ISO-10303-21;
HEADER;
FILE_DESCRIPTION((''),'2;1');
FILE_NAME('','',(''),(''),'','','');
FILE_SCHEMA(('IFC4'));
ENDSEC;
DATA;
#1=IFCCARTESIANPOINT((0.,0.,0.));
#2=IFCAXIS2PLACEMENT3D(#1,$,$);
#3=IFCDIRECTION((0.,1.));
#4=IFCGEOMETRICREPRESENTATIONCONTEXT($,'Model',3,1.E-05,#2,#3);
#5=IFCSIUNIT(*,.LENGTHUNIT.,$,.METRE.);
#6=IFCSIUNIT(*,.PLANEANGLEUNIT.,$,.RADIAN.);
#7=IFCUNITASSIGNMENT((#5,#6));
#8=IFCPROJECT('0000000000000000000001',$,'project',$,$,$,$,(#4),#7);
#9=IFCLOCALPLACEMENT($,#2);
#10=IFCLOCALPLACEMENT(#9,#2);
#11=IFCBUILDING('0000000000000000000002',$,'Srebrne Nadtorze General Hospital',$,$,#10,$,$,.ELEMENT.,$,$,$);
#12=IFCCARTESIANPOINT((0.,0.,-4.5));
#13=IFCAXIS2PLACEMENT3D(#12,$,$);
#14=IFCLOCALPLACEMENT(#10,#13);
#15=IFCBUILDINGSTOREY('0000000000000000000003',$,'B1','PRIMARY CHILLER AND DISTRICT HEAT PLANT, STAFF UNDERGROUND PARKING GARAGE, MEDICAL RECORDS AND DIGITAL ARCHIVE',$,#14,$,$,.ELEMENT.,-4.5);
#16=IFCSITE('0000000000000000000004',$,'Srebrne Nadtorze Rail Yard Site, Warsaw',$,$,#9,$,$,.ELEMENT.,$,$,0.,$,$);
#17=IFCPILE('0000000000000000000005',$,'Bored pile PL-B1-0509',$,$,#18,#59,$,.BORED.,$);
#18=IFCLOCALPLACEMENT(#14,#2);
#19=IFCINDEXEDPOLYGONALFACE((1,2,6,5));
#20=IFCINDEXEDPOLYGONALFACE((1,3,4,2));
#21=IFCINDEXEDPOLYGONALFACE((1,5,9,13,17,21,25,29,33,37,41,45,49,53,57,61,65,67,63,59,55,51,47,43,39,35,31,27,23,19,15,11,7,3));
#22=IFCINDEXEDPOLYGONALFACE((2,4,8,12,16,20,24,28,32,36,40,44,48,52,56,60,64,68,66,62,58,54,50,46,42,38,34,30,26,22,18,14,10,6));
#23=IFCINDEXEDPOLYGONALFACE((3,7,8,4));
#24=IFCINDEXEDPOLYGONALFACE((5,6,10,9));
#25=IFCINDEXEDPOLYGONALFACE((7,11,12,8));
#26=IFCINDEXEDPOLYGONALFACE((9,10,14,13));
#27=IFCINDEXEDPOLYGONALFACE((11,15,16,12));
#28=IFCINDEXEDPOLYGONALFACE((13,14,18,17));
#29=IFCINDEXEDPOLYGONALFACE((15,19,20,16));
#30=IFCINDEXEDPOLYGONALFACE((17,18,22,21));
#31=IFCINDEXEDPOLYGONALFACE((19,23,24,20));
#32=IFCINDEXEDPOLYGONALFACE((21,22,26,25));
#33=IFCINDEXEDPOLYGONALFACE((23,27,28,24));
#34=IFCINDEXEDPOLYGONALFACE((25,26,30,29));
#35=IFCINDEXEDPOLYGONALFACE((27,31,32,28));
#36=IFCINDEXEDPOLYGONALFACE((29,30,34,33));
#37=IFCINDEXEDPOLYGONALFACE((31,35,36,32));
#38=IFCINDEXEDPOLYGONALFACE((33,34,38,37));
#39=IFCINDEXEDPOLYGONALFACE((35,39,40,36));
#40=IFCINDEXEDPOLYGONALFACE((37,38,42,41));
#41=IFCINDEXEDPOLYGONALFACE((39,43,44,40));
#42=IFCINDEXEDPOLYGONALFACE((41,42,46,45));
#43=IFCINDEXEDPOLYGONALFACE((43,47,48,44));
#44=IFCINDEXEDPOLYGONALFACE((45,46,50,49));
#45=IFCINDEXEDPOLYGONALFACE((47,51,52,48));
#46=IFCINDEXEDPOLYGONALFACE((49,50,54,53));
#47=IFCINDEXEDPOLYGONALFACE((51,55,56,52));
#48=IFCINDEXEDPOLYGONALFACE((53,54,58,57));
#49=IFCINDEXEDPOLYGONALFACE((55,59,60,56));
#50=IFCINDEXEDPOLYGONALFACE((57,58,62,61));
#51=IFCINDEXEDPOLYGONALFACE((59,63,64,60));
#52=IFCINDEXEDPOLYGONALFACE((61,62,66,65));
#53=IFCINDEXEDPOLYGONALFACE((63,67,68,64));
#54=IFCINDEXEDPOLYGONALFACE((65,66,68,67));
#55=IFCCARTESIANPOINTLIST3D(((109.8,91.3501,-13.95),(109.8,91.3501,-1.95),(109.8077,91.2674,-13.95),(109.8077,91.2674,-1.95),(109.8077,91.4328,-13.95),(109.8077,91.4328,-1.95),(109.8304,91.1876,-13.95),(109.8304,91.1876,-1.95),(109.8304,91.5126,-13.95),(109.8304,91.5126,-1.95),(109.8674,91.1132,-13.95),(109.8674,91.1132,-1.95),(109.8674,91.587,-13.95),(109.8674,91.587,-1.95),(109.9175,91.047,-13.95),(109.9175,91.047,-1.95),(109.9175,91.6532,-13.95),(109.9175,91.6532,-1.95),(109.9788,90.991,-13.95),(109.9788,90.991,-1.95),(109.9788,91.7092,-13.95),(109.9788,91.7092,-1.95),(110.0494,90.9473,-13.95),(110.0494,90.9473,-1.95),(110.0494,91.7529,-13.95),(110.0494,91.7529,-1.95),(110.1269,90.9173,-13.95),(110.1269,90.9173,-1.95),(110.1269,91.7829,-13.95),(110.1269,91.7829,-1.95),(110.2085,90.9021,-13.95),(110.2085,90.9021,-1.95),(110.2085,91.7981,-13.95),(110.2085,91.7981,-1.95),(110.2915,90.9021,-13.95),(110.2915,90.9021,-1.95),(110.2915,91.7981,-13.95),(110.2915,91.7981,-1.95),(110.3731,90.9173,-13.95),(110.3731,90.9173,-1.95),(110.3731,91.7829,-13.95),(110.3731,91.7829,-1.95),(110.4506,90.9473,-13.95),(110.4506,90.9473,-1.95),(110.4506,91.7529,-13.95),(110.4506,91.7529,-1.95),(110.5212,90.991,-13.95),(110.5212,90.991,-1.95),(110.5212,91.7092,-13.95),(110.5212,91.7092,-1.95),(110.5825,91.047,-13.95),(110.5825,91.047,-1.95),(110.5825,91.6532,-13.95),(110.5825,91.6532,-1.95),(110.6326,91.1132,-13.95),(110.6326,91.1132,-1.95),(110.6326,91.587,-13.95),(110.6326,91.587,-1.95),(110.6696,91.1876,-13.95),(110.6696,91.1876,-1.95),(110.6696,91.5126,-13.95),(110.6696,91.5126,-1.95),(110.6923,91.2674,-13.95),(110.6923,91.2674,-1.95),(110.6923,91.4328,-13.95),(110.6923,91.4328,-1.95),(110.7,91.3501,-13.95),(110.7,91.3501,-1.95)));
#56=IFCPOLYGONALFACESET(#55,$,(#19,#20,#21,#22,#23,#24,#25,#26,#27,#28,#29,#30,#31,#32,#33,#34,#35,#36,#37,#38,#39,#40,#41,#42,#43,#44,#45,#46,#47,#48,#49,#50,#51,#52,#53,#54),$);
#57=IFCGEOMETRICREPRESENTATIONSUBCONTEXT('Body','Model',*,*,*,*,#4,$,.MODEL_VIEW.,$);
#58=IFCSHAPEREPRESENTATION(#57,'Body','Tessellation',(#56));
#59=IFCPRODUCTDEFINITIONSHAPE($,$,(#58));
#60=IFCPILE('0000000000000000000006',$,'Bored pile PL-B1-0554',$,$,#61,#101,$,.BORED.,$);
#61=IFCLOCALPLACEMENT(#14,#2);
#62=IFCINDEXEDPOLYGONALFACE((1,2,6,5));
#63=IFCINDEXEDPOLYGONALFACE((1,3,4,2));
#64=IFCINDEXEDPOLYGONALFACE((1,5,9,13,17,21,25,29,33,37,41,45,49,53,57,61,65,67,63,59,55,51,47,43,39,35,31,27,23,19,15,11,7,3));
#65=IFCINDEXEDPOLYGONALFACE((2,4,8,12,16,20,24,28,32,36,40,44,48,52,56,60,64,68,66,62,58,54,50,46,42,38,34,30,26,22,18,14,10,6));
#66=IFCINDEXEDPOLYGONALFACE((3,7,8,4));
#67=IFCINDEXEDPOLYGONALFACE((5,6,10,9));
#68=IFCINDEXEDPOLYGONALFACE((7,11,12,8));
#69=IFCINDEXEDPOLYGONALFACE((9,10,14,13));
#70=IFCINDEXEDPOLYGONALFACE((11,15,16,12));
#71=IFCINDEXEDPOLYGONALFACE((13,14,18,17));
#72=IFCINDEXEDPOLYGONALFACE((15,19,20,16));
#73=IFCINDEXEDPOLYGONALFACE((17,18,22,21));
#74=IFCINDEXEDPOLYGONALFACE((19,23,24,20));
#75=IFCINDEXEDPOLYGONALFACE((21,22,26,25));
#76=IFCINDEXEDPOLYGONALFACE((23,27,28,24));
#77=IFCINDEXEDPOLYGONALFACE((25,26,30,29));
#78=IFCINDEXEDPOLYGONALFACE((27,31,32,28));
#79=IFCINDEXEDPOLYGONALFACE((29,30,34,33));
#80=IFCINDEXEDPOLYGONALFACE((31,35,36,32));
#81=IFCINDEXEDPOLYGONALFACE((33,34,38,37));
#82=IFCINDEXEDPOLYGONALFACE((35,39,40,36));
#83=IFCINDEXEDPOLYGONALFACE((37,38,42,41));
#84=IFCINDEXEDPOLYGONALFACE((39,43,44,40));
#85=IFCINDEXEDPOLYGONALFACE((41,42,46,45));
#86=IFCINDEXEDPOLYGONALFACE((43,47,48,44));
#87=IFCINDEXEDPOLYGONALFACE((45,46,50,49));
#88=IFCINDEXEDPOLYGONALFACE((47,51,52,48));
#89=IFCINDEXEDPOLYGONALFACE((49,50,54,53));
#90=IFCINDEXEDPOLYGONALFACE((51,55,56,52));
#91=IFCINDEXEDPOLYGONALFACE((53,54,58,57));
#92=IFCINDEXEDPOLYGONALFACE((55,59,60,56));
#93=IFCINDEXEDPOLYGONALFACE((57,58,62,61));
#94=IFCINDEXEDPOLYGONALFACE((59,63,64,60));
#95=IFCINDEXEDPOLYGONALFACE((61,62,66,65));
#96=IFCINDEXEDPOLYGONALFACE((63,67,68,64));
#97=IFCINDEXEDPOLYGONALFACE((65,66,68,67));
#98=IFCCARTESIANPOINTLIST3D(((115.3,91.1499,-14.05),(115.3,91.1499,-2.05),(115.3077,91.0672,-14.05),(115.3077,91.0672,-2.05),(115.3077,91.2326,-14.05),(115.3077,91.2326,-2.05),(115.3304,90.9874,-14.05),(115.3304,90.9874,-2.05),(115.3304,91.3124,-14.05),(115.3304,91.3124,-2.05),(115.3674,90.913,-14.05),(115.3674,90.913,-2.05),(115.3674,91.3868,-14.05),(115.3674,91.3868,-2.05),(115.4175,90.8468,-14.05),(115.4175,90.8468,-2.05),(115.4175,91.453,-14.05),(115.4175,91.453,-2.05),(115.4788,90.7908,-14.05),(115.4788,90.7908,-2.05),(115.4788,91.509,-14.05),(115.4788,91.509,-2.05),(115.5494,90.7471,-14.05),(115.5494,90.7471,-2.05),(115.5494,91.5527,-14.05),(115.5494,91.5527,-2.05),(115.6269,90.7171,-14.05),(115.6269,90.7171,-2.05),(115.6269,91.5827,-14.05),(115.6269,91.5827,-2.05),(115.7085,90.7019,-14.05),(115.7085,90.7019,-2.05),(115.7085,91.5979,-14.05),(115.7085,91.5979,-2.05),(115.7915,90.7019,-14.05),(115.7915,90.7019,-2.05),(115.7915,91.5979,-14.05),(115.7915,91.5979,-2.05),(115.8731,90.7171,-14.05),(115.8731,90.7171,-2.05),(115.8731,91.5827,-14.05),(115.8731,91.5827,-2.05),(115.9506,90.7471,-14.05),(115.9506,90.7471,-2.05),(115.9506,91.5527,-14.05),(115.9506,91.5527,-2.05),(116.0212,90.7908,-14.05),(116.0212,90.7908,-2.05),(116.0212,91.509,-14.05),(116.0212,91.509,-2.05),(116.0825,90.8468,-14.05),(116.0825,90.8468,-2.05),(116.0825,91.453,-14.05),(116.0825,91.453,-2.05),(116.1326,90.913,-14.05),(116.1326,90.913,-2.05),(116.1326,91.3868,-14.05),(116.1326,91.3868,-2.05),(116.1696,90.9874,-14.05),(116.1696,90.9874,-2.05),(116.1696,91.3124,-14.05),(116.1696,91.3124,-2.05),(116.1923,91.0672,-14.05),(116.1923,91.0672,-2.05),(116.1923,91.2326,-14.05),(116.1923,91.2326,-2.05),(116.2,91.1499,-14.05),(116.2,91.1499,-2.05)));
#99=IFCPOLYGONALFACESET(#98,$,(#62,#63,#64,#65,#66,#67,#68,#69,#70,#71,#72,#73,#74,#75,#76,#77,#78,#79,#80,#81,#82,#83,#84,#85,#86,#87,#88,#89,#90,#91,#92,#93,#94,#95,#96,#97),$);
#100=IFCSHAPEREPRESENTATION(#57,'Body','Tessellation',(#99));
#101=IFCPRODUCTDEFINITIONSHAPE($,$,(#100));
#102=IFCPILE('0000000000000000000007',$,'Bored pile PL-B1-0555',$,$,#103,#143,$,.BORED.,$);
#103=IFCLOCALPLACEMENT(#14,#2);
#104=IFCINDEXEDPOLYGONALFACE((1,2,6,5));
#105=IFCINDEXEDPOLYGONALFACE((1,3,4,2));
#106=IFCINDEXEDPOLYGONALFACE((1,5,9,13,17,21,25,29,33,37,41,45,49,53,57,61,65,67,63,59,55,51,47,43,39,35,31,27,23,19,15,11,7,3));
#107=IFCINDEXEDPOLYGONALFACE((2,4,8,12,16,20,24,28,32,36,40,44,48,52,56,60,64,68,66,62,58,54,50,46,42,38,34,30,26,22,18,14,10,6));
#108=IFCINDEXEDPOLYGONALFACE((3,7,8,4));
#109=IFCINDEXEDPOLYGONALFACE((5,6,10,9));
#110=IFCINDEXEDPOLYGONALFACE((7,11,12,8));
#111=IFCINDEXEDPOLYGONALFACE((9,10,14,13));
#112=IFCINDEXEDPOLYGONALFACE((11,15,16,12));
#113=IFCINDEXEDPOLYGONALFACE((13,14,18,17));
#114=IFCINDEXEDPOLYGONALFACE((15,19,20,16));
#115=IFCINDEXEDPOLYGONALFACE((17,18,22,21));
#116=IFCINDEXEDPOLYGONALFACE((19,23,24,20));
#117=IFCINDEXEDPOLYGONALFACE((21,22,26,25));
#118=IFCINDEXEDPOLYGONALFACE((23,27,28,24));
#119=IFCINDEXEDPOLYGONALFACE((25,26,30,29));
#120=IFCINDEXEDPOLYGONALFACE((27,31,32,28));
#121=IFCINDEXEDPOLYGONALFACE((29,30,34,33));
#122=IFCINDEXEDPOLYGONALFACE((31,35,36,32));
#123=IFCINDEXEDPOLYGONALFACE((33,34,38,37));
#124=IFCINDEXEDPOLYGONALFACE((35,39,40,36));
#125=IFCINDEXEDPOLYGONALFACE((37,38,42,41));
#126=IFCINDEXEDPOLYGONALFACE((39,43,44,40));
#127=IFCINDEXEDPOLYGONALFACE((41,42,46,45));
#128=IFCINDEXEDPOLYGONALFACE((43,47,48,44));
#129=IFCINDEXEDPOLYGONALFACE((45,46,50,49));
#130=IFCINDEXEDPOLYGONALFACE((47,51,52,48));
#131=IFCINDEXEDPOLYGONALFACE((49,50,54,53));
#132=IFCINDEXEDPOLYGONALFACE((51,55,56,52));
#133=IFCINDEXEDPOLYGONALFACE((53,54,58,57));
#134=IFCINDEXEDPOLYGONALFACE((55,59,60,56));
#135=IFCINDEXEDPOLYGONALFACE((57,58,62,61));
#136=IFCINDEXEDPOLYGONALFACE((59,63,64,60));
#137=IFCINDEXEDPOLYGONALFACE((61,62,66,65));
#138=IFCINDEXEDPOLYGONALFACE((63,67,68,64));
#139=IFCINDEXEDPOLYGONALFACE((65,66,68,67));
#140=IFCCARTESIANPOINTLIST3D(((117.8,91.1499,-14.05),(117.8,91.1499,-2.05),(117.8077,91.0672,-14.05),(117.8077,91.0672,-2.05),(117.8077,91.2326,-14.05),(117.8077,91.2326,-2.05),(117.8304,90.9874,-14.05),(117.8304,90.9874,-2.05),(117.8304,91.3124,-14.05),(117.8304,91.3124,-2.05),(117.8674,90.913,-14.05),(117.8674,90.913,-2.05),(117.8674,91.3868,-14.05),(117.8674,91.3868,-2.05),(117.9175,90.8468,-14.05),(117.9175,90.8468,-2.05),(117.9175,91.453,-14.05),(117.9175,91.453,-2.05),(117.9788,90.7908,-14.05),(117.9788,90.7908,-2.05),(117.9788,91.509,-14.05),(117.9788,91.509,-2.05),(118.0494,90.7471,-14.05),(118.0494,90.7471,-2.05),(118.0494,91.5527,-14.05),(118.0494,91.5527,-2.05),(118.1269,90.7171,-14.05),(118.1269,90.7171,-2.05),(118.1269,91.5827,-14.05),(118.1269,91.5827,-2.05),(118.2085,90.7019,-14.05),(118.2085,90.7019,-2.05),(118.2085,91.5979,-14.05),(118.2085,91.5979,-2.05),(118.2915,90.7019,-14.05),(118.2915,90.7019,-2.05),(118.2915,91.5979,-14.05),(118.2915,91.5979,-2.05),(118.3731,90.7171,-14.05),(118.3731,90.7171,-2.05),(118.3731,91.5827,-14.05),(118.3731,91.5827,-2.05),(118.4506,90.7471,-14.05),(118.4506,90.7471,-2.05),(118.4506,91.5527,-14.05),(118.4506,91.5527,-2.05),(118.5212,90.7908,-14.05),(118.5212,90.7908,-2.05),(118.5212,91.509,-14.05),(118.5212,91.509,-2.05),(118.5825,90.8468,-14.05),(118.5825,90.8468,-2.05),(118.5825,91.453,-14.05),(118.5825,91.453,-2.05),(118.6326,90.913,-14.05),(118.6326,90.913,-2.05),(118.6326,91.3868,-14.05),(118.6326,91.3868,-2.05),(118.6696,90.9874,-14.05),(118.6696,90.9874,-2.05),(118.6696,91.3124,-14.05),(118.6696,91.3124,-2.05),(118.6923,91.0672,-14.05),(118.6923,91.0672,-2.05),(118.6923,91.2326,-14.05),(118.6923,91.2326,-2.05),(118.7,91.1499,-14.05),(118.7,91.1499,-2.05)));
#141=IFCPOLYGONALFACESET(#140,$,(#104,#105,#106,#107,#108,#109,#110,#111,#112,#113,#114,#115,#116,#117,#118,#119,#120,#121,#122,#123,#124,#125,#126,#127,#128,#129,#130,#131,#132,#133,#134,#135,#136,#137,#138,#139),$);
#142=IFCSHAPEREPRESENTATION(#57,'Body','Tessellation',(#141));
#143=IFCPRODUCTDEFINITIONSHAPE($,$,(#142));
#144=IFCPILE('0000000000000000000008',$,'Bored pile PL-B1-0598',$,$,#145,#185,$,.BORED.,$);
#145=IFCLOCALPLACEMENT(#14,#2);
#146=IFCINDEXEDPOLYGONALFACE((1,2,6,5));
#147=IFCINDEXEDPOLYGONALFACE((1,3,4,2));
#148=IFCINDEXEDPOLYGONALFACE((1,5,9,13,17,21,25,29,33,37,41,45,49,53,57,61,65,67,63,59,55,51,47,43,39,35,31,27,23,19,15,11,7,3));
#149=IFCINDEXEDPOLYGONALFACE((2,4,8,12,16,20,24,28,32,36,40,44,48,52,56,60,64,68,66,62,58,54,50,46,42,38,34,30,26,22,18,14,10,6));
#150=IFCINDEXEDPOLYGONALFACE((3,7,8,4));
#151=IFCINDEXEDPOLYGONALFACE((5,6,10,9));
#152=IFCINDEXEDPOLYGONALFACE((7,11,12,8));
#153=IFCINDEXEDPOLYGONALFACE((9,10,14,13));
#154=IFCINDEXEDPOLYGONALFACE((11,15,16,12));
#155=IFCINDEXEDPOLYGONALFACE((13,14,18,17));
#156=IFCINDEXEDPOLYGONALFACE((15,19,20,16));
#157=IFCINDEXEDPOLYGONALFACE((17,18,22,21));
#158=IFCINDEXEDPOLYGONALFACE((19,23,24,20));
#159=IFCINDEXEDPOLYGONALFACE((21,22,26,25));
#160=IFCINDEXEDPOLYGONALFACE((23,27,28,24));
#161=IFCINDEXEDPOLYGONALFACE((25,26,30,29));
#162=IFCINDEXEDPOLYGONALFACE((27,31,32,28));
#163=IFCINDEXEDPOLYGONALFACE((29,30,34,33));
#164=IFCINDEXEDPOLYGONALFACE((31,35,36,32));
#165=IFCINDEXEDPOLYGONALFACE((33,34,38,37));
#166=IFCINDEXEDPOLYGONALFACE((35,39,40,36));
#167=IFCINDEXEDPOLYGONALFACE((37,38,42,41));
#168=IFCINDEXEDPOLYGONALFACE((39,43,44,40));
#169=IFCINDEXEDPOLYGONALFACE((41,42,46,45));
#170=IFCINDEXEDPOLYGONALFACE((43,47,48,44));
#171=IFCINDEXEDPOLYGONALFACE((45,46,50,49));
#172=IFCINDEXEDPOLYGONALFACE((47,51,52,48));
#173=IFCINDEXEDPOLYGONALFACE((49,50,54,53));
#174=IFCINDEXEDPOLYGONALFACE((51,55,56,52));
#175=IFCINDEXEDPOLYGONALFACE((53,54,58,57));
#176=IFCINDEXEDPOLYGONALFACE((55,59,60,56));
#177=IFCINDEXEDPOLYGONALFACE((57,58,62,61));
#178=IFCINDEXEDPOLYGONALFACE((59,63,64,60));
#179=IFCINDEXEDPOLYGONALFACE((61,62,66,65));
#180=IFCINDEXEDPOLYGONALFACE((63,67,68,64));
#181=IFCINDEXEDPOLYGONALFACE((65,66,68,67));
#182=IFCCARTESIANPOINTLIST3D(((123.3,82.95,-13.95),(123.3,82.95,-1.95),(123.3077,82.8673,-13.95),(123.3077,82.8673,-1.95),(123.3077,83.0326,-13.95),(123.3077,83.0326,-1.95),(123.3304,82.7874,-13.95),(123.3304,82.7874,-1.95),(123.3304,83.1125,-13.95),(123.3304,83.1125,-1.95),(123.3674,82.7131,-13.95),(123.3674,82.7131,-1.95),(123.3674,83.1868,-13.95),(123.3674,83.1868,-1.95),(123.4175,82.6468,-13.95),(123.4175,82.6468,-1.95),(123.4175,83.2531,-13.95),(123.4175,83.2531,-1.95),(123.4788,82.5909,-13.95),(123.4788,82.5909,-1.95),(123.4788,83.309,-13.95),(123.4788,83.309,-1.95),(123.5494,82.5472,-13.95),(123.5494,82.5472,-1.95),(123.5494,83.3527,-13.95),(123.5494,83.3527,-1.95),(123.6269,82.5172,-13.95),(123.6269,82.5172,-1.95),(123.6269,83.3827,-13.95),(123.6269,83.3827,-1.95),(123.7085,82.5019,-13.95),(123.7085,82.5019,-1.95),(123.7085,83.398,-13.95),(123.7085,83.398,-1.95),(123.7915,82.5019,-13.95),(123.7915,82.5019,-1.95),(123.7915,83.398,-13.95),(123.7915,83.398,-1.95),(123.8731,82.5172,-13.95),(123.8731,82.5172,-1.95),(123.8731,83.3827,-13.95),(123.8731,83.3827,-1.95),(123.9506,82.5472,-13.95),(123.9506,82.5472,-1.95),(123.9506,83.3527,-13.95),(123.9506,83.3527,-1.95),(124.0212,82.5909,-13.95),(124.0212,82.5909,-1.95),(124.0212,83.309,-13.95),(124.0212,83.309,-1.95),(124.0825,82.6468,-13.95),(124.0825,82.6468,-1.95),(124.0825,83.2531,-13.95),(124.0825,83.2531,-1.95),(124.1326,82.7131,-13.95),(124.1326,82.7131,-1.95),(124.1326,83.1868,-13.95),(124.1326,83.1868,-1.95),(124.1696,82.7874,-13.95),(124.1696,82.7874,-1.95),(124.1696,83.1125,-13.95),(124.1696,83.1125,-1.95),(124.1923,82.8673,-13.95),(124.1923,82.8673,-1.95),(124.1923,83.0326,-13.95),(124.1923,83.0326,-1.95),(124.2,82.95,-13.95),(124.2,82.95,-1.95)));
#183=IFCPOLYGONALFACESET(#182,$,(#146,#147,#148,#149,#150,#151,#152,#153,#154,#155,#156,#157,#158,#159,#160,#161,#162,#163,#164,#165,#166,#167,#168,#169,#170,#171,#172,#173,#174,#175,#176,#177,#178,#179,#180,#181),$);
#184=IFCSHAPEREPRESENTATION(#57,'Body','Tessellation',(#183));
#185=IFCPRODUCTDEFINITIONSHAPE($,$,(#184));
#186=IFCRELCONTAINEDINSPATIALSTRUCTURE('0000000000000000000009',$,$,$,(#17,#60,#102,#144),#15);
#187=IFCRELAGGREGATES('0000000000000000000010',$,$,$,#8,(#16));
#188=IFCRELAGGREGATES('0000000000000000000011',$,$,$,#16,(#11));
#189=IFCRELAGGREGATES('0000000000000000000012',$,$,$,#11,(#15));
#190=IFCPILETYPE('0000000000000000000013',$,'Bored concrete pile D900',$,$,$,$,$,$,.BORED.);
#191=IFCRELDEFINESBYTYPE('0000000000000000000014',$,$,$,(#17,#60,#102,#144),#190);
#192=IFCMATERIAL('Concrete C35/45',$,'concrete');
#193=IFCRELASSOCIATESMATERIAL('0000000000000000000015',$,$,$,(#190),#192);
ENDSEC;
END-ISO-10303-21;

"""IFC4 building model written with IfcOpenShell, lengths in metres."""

from ifc_helpers import new_model, si_unit, direction, frame, origin, origin_2d, place, context, subcontext, project, spatial, circle, extrude, material, material_profile, profile_set, type_object, element, save


model = new_model("IFC4")

# Units and contexts
model_context = context("Model", 3, precision=1e-05, world=origin(), true_north=direction((0.0, 1.0)))
body_context = subcontext(model_context, "Body", "Model", "MODEL_VIEW")
ifc_project = project(units=[si_unit("LENGTHUNIT", "METRE"), si_unit("PLANEANGLEUNIT", "RADIAN")], contexts=[model_context])

# Site, building, storey
site_placement = place(None, origin())
site = spatial("IfcSite", under=ifc_project, at=site_placement, Name="Srebrne Nadtorze Rail Yard Site, Warsaw", CompositionType="ELEMENT", RefElevation=0.0)
building_placement = place(site_placement, origin())
building = spatial("IfcBuilding", under=site, at=building_placement, Name="Srebrne Nadtorze General Hospital", CompositionType="ELEMENT")
storey_placement = place(building_placement, frame((0.0, 0.0, -4.5)))
storey = spatial("IfcBuildingStorey", under=building, at=storey_placement, Name="B1", Description="PRIMARY CHILLER AND DISTRICT HEAT PLANT, STAFF UNDERGROUND PARKING GARAGE, MEDICAL RECORDS AND DIGITAL ARCHIVE", CompositionType="ELEMENT", Elevation=-4.5)

# Piles
ifc_material_1 = material(Name="Concrete C35/45", Category="concrete")
ifc_material_profile_1 = material_profile(ifc_material_1, circle(Radius=0.45, at=origin_2d()), Name="PILE-D900")
ifc_profile_set_1 = profile_set([ifc_material_profile_1], Name="Concrete C35/45")
pile_type_1 = type_object("IfcPileType", Name="Bored concrete pile D900", PredefinedType="BORED", material=ifc_profile_set_1)
for number, where, z_axis, x_axis, name in (
    (1, (110.25, 91.3501, -1.95), (0.0, 0.0, -1.0), (1.0, 0.0, 0.0), "Bored pile PL-B1-0509"),
    (2, (115.75, 91.1499, -2.05), (0.0, 0.0, -1.0), (1.0, 0.0, 0.0), "Bored pile PL-B1-0554"),
    (3, (118.25, 91.1499, -2.05), (0.0, 0.0, -1.0), (1.0, 0.0, 0.0), "Bored pile PL-B1-0555"),
    (4, (123.75, 82.95, -1.95), (0.0, 0.0, -1.0), (1.0, 0.0, 0.0), "Bored pile PL-B1-0598"),
):
    element("IfcPile", number, at=place(storey_placement, frame(where, z_axis=z_axis, x_axis=x_axis)), inside=storey, type_object=pile_type_1, Name=name, PredefinedType="BORED", context=body_context, shape_type="SweptSolid", body=[
        extrude(circle(Radius=0.45, at=origin_2d()), origin(), (0.0, 0.0, 1.0), 12.0),
    ])

save(model, "model.ifc")
